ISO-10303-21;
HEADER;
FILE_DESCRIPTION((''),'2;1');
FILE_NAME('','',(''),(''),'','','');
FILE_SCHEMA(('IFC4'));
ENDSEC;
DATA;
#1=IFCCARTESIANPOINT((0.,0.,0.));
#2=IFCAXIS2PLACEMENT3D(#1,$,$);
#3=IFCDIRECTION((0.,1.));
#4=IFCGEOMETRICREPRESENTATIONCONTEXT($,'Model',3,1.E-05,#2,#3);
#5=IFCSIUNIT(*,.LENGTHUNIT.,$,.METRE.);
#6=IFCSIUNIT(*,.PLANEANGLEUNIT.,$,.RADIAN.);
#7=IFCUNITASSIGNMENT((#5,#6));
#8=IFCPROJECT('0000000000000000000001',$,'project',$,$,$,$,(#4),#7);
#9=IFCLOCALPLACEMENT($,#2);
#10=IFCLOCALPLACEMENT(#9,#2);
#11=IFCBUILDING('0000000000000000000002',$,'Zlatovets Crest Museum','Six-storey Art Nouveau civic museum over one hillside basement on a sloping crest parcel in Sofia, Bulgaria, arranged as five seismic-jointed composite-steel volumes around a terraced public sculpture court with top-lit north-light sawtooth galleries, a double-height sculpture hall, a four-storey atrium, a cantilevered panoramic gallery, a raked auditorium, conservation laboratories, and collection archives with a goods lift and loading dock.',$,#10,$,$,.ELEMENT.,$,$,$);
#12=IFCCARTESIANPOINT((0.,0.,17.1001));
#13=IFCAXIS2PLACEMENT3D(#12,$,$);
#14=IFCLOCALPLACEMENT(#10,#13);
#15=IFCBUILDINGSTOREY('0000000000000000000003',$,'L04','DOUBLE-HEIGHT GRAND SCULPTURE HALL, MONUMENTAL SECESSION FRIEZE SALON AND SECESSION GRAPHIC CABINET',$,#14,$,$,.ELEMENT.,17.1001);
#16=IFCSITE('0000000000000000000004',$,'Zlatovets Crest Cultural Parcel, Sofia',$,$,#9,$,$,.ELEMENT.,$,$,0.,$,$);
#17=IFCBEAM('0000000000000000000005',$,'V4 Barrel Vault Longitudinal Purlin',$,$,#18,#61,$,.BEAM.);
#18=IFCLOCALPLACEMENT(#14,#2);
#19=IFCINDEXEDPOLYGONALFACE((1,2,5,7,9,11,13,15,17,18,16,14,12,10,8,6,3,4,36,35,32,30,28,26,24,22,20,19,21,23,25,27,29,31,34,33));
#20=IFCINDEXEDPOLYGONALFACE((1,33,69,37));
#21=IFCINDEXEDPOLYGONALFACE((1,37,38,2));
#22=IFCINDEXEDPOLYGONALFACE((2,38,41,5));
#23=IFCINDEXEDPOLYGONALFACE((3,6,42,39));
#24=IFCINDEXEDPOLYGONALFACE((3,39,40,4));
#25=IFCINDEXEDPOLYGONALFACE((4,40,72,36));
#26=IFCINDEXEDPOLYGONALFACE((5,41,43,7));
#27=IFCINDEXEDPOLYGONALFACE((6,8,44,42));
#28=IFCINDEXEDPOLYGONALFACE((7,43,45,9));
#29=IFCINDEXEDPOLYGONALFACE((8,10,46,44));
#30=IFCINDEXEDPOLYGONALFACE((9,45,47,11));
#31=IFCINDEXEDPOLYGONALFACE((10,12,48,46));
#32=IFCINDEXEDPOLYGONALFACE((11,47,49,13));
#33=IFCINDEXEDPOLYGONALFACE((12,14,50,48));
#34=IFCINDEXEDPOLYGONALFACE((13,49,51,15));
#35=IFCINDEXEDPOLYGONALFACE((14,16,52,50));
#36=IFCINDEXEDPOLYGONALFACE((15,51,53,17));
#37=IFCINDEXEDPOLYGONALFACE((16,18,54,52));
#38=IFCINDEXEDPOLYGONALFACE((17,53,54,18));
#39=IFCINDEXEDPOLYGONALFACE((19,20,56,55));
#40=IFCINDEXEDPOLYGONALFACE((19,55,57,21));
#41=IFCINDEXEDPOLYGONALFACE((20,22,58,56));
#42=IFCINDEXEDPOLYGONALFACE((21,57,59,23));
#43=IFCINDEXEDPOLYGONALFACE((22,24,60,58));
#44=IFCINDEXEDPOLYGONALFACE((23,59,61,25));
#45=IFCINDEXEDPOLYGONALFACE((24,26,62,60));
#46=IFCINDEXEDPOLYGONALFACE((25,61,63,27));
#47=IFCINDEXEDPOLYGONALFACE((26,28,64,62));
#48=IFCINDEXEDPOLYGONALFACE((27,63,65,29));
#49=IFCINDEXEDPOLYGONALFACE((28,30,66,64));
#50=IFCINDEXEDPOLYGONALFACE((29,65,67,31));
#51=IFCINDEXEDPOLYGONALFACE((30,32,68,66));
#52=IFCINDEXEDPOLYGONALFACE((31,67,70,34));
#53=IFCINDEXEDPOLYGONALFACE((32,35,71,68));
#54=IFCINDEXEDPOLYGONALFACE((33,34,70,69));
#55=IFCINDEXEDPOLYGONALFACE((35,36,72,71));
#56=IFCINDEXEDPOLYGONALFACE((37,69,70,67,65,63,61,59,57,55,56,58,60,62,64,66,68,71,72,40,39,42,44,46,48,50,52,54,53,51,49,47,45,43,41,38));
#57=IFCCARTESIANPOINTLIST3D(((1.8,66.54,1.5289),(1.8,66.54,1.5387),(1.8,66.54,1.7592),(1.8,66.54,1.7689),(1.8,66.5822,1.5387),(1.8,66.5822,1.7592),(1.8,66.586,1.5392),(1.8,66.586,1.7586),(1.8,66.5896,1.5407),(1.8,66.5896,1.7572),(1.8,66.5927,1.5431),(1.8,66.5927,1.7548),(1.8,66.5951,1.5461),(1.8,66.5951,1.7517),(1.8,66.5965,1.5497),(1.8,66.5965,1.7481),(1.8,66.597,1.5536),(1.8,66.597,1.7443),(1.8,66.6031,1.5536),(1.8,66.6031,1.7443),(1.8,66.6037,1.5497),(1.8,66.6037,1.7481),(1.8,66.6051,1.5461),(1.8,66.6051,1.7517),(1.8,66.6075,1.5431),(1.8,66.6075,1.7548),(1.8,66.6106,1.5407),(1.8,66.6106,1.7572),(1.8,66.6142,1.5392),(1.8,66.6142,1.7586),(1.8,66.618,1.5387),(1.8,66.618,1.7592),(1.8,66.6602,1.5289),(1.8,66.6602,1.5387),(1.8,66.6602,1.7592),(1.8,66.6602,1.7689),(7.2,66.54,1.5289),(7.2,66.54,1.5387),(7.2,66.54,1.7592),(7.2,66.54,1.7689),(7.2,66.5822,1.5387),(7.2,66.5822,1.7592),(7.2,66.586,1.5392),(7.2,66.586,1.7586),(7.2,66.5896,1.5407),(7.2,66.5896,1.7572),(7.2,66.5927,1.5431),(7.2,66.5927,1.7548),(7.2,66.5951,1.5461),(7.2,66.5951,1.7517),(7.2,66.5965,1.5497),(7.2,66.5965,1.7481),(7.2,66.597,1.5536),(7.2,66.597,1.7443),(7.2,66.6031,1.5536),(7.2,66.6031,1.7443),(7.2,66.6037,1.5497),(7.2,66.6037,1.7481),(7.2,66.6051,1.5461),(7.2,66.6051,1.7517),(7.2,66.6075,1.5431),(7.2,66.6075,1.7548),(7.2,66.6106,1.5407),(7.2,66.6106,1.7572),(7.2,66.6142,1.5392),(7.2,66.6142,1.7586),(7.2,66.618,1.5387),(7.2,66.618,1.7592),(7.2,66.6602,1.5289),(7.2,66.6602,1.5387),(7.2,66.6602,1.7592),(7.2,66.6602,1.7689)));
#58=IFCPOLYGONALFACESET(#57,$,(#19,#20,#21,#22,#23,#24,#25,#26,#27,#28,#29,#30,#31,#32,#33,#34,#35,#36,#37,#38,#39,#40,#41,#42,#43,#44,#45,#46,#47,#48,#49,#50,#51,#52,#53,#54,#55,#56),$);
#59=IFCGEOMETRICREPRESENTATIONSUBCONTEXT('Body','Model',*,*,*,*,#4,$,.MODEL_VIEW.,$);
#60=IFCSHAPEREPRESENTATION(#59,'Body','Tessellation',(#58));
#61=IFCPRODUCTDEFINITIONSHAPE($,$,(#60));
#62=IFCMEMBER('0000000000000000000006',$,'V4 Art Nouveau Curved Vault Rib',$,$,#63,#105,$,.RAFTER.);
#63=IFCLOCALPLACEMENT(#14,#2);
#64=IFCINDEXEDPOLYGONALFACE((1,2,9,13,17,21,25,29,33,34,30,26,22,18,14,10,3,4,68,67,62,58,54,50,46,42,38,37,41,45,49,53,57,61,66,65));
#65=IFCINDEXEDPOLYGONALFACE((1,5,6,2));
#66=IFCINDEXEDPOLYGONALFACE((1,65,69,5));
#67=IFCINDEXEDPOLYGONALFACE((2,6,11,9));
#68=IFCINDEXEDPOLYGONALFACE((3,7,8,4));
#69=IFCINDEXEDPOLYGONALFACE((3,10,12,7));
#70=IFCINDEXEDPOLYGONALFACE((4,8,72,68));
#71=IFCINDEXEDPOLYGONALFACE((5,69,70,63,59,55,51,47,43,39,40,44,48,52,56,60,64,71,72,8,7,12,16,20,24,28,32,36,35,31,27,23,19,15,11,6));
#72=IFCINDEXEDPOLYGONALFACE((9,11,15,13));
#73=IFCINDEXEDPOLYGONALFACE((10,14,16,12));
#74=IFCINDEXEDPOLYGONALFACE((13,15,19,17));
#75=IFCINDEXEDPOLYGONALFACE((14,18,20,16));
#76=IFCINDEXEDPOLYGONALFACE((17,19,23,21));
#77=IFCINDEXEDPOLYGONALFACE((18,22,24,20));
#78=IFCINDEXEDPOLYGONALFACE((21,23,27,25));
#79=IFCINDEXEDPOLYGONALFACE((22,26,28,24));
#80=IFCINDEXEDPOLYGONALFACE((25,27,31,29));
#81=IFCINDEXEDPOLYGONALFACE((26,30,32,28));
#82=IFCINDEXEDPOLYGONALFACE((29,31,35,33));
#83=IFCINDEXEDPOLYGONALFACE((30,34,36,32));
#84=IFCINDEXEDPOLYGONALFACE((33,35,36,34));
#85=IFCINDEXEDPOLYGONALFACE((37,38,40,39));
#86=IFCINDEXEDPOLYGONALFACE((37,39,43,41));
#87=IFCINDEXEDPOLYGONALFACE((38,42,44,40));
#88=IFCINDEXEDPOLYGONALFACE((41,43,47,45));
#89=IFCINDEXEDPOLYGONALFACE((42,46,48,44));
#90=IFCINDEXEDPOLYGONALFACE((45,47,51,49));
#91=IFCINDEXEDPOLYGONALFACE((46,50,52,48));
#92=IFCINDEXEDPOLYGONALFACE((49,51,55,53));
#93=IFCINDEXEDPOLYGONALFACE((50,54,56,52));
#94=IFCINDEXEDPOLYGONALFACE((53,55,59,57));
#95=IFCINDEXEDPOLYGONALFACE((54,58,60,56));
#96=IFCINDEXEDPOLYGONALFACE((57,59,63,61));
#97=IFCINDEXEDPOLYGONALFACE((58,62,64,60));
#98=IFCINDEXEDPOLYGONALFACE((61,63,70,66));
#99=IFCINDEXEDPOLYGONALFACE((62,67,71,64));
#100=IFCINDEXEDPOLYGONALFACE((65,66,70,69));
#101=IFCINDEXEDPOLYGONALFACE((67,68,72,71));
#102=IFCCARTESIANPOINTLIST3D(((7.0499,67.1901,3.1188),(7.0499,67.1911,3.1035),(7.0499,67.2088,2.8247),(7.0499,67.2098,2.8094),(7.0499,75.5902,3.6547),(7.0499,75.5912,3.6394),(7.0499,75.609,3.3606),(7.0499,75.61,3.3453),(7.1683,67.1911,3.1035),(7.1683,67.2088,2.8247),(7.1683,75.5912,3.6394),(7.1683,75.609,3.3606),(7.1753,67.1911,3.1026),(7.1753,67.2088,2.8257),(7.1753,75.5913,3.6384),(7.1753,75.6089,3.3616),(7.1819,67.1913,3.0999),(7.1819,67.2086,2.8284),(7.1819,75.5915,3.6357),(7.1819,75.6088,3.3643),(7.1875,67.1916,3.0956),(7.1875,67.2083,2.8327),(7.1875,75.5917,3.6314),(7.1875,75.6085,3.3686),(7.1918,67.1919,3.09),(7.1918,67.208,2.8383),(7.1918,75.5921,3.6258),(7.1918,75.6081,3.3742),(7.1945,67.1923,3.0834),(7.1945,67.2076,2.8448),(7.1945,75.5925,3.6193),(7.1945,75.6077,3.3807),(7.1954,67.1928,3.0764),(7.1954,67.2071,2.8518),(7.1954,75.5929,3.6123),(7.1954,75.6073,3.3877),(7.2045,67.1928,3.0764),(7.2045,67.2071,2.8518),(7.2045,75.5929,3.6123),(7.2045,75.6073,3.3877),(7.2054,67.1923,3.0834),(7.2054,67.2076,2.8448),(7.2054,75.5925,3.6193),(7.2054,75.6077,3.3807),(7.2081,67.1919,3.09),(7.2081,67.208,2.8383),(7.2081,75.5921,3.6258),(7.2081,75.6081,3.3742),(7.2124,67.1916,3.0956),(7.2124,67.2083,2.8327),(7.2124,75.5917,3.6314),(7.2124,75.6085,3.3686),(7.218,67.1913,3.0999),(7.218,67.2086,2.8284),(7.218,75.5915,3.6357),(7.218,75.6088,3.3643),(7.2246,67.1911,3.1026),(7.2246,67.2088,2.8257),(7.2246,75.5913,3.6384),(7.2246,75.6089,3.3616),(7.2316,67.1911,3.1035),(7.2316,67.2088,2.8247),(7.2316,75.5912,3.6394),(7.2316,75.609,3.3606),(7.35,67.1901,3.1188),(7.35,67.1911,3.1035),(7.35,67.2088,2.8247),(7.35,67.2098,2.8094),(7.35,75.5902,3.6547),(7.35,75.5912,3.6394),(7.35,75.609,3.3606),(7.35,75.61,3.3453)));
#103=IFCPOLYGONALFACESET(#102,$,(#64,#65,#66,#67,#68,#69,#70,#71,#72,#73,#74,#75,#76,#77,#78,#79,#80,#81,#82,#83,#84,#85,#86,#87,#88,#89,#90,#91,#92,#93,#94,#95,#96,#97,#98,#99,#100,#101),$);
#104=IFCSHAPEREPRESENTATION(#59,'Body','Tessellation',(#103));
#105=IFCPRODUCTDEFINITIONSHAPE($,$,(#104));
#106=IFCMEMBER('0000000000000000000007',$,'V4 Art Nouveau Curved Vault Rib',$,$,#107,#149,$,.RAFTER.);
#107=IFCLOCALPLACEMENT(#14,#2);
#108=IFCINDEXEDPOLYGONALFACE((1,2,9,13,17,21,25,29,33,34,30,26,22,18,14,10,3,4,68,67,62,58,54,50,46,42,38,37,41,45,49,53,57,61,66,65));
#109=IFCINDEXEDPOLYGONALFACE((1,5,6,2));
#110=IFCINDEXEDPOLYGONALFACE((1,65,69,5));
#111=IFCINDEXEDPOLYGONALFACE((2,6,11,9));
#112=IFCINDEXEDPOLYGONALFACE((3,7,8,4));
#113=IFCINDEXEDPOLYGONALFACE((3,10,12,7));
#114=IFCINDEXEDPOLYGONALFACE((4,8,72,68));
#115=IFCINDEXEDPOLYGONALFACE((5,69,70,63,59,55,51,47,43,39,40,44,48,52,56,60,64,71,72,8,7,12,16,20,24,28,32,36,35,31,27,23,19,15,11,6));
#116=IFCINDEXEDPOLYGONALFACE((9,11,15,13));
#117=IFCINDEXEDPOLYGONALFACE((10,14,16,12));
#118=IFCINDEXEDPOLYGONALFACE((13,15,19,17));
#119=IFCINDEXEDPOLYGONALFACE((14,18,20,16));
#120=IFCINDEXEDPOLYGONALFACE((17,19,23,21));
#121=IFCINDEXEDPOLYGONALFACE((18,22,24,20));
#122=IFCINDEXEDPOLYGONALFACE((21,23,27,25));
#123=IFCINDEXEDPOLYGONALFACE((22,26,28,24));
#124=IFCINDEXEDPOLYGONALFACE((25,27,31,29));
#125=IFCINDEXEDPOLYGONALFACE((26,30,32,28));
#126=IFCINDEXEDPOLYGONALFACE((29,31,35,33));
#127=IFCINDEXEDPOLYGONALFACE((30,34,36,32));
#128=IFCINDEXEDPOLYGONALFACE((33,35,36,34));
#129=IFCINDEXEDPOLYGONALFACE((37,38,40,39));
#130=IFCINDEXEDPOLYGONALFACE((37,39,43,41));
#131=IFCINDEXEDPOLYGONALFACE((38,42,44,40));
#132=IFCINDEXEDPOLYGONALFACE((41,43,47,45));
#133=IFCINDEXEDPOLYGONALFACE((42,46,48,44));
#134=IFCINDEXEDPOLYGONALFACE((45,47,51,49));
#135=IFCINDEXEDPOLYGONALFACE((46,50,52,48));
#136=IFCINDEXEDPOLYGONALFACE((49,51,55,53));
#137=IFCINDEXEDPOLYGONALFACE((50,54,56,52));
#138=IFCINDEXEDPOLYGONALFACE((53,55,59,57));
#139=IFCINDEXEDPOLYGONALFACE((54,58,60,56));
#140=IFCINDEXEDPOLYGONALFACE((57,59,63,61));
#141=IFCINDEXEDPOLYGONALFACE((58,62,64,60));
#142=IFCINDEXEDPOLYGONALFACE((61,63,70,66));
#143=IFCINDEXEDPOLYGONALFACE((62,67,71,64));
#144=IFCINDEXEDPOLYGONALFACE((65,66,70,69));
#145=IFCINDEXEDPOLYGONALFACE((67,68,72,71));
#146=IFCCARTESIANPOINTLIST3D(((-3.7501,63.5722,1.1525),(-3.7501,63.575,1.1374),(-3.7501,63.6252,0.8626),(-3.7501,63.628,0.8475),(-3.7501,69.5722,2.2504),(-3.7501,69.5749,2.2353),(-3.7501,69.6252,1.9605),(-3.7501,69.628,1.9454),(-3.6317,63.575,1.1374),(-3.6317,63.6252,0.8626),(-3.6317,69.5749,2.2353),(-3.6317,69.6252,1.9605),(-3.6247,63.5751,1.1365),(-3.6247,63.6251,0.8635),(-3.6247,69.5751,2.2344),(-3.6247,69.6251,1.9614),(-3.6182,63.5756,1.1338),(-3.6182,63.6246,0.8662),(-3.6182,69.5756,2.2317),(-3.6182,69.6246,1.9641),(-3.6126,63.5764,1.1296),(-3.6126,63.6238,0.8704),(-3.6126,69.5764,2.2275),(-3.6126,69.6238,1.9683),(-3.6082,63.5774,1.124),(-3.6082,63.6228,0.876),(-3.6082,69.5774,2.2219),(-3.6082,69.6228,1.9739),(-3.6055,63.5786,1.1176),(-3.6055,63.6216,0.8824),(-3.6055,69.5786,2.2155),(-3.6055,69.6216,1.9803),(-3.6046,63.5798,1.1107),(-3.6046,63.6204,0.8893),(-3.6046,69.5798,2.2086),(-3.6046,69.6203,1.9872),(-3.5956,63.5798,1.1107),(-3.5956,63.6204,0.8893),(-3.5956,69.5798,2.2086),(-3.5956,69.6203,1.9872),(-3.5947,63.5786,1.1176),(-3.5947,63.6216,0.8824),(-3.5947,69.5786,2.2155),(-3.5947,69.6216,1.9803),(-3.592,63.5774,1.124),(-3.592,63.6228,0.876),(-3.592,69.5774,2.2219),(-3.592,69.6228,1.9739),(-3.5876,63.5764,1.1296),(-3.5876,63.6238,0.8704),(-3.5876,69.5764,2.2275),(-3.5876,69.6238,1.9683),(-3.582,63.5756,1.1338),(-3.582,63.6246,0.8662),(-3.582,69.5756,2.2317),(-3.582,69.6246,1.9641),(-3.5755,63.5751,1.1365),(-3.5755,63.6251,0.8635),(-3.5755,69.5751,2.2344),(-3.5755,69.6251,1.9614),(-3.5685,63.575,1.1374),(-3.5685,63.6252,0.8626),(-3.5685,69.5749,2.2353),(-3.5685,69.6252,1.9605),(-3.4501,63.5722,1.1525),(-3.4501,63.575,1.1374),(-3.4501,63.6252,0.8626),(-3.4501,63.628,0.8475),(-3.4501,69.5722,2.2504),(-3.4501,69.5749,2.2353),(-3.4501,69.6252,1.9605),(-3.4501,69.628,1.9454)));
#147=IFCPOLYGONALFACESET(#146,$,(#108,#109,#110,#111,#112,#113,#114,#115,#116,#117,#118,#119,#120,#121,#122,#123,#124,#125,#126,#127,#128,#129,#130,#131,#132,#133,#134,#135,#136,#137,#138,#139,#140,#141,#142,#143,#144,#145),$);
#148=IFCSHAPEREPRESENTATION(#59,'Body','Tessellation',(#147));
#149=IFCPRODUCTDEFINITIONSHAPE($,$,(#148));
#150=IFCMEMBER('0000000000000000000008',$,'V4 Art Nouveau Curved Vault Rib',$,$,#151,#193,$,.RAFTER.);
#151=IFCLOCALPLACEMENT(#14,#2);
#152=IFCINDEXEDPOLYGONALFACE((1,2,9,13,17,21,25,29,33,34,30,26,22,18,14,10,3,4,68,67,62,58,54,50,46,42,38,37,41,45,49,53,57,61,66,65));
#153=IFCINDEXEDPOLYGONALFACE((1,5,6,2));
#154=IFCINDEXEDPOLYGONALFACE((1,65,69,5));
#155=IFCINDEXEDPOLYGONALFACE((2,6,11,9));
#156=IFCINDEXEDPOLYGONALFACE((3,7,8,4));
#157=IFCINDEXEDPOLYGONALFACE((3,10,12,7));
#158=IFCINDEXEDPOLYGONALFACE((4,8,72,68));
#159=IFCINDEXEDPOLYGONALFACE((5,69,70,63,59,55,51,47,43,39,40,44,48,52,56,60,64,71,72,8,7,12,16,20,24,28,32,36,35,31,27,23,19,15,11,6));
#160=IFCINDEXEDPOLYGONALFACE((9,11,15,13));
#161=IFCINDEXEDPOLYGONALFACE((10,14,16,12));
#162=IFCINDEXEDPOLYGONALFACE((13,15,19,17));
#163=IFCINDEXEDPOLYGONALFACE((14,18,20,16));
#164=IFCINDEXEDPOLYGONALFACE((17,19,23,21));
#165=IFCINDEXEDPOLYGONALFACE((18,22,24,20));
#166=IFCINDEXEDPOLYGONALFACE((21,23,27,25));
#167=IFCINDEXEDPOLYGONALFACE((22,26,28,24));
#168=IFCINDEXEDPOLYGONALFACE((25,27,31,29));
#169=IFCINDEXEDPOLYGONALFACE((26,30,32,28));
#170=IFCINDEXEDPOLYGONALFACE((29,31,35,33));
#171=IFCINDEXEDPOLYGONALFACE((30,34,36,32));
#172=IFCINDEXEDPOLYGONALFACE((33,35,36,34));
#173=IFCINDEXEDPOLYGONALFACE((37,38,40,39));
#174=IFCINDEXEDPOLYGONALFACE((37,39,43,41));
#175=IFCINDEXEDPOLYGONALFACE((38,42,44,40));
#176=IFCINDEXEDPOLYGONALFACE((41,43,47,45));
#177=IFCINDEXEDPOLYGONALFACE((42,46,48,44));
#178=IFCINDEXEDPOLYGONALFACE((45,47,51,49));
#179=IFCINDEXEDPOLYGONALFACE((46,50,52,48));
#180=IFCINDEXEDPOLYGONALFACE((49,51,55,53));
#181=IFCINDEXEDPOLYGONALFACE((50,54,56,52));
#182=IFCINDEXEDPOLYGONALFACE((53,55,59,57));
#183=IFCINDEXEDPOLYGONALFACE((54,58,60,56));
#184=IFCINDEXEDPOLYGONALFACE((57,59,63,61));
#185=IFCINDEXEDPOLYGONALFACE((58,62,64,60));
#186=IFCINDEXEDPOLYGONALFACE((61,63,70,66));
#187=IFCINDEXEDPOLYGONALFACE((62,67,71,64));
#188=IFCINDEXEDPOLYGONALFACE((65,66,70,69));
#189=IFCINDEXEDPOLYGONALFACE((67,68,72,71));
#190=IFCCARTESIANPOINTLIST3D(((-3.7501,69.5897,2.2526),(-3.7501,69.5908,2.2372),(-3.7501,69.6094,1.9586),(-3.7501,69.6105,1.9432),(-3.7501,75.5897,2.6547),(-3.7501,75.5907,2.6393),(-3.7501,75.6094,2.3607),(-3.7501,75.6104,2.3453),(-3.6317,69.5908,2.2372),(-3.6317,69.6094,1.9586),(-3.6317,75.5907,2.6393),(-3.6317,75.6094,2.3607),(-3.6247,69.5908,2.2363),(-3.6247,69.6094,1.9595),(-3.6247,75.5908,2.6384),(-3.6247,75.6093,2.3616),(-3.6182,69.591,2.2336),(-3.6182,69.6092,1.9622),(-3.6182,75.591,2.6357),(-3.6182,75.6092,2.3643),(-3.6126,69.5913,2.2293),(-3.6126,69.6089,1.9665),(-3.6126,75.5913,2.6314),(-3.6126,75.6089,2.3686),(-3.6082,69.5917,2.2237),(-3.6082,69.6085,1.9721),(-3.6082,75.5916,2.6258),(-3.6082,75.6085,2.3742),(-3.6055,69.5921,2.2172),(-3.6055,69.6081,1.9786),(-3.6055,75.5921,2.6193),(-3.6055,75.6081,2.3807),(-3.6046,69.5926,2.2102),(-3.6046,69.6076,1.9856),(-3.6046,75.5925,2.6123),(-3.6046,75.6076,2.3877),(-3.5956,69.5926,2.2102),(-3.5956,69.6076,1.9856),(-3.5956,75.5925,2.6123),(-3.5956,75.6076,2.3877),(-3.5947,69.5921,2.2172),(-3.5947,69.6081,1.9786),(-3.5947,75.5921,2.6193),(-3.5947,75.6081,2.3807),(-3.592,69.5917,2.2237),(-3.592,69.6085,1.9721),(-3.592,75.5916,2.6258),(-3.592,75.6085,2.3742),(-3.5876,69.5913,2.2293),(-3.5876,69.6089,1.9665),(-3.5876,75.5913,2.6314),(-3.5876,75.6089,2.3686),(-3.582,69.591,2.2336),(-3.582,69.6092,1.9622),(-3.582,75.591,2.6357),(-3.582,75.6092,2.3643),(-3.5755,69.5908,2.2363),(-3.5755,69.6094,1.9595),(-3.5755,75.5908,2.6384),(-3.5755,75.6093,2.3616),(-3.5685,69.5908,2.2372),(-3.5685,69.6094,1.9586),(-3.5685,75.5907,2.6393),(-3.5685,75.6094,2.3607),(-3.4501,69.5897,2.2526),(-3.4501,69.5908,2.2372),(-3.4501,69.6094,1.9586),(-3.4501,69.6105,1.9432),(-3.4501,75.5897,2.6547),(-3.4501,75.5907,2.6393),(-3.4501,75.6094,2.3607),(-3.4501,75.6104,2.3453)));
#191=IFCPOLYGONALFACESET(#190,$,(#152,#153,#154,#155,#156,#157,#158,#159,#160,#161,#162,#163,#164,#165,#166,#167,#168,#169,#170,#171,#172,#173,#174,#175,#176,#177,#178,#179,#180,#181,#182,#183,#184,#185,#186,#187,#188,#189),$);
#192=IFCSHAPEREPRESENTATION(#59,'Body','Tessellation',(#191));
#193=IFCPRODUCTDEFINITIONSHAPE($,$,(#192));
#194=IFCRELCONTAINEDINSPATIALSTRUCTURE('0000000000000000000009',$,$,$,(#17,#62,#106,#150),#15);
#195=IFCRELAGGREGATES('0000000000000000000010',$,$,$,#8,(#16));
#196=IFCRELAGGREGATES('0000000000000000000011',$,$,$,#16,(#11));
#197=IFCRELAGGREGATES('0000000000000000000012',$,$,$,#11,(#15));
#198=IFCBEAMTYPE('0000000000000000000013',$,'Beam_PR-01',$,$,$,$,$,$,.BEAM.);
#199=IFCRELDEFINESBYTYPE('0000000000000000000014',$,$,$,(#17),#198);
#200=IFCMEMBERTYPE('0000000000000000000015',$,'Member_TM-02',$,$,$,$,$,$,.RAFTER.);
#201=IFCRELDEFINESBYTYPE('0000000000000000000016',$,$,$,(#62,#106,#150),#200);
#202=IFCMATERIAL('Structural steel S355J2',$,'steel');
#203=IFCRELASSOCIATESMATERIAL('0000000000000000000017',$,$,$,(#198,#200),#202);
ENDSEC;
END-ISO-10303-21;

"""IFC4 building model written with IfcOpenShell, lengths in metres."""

from ifc_helpers import new_model, si_unit, direction, frame, origin, origin_2d, place, context, subcontext, project, spatial, i_section, extrude, material, material_profile, profile_set, type_object, element, save


model = new_model("IFC4")

# Units and contexts
model_context = context("Model", 3, precision=1e-05, world=origin(), true_north=direction((0.0, 1.0)))
body_context = subcontext(model_context, "Body", "Model", "MODEL_VIEW")
ifc_project = project(units=[si_unit("LENGTHUNIT", "METRE"), si_unit("PLANEANGLEUNIT", "RADIAN")], contexts=[model_context])

# Site, building, storey
site_placement = place(None, origin())
site = spatial("IfcSite", under=ifc_project, at=site_placement, Name="Zlatovets Crest Cultural Parcel, Sofia", CompositionType="ELEMENT", RefElevation=0.0)
building_placement = place(site_placement, origin())
building = spatial("IfcBuilding", under=site, at=building_placement, Name="Zlatovets Crest Museum", Description="Six-storey Art Nouveau civic museum over one hillside basement on a sloping crest parcel in Sofia, Bulgaria, arranged as five seismic-jointed composite-steel volumes around a terraced public sculpture court with top-lit north-light sawtooth galleries, a double-height sculpture hall, a four-storey atrium, a cantilevered panoramic gallery, a raked auditorium, conservation laboratories, and collection archives with a goods lift and loading dock.", CompositionType="ELEMENT")
storey_placement = place(building_placement, frame((0.0, 0.0, 17.1001)))
storey = spatial("IfcBuildingStorey", under=building, at=storey_placement, Name="L04", Description="DOUBLE-HEIGHT GRAND SCULPTURE HALL, MONUMENTAL SECESSION FRIEZE SALON AND SECESSION GRAPHIC CABINET", CompositionType="ELEMENT", Elevation=17.1001)

# Beam
ifc_material_1 = material(Name="Structural steel S355J2", Category="steel")
ifc_material_profile_1 = material_profile(ifc_material_1, i_section(OverallWidth=0.1201, OverallDepth=0.24, WebThickness=0.0061, FlangeThickness=0.0098, FilletRadius=0.0149, at=origin_2d()), Name="IPE 240")
ifc_profile_set_1 = profile_set([ifc_material_profile_1], Name="Structural steel S355J2")
beam_type_1 = type_object("IfcBeamType", Name="Beam_PR-01", PredefinedType="BEAM", material=ifc_profile_set_1)
for number, where, z_axis, x_axis, name in (
    (1, (1.8, 66.6001, 1.6489), (1.0, 0.0, 0.0), (0.0, 1.0, 0.0), "V4 Barrel Vault Longitudinal Purlin"),
):
    element("IfcBeam", number, at=place(storey_placement, frame(where, z_axis=z_axis, x_axis=x_axis)), inside=storey, type_object=beam_type_1, Name=name, PredefinedType="BEAM", context=body_context, shape_type="SweptSolid", body=[
        extrude(i_section(OverallWidth=0.1201, OverallDepth=0.24, WebThickness=0.0061, FlangeThickness=0.0098, FilletRadius=0.0149, at=origin_2d()), origin(), (0.0, 0.0, 1.0), 5.3999),
    ])

# Members
ifc_material_profile_2 = material_profile(ifc_material_1, i_section(OverallWidth=0.3, OverallDepth=0.3101, WebThickness=0.009, FlangeThickness=0.0154, FilletRadius=0.0271, at=origin_2d()), Name="HEA 320")
ifc_profile_set_2 = profile_set([ifc_material_profile_2], Name="Structural steel S355J2")
member_type_1 = type_object("IfcMemberType", Name="Member_TM-02", PredefinedType="RAFTER", material=ifc_profile_set_2)
member_1_placement = place(storey_placement, frame((7.2, 67.2, 2.9641), z_axis=(0.0, 0.997971, 0.063666), x_axis=(-1.0, 0.0, 0.0)))
element("IfcMember", 2, at=member_1_placement, inside=storey, type_object=member_type_1, Name="V4 Art Nouveau Curved Vault Rib", PredefinedType="RAFTER", context=body_context, shape_type="SweptSolid", body=[
    extrude(i_section(OverallWidth=0.3, OverallDepth=0.3101, WebThickness=0.009, FlangeThickness=0.0154, FilletRadius=0.0271, at=origin_2d()), origin(), (0.0, 0.0, 1.0), 8.4172),
])
member_2_placement = place(storey_placement, frame((-3.6001, 63.6001, 1.0), z_axis=(0.0, 0.983668, 0.179995), x_axis=(-1.0, 0.0, 0.0)))
element("IfcMember", 3, at=member_2_placement, inside=storey, type_object=member_type_1, Name="V4 Art Nouveau Curved Vault Rib", PredefinedType="RAFTER", context=body_context, shape_type="SweptSolid", body=[
    extrude(i_section(OverallWidth=0.3, OverallDepth=0.3101, WebThickness=0.009, FlangeThickness=0.0154, FilletRadius=0.0271, at=origin_2d()), origin(), (0.0, 0.0, 1.0), 6.0996),
])
member_3_placement = place(storey_placement, frame((-3.6001, 69.6001, 2.0979), z_axis=(0.0, 0.997762, 0.066867), x_axis=(-1.0, 0.0, 0.0)))
element("IfcMember", 4, at=member_3_placement, inside=storey, type_object=member_type_1, Name="V4 Art Nouveau Curved Vault Rib", PredefinedType="RAFTER", context=body_context, shape_type="SweptSolid", body=[
    extrude(i_section(OverallWidth=0.3, OverallDepth=0.3101, WebThickness=0.009, FlangeThickness=0.0154, FilletRadius=0.0271, at=origin_2d()), origin(), (0.0, 0.0, 1.0), 6.0134),
])

save(model, "model.ifc")
